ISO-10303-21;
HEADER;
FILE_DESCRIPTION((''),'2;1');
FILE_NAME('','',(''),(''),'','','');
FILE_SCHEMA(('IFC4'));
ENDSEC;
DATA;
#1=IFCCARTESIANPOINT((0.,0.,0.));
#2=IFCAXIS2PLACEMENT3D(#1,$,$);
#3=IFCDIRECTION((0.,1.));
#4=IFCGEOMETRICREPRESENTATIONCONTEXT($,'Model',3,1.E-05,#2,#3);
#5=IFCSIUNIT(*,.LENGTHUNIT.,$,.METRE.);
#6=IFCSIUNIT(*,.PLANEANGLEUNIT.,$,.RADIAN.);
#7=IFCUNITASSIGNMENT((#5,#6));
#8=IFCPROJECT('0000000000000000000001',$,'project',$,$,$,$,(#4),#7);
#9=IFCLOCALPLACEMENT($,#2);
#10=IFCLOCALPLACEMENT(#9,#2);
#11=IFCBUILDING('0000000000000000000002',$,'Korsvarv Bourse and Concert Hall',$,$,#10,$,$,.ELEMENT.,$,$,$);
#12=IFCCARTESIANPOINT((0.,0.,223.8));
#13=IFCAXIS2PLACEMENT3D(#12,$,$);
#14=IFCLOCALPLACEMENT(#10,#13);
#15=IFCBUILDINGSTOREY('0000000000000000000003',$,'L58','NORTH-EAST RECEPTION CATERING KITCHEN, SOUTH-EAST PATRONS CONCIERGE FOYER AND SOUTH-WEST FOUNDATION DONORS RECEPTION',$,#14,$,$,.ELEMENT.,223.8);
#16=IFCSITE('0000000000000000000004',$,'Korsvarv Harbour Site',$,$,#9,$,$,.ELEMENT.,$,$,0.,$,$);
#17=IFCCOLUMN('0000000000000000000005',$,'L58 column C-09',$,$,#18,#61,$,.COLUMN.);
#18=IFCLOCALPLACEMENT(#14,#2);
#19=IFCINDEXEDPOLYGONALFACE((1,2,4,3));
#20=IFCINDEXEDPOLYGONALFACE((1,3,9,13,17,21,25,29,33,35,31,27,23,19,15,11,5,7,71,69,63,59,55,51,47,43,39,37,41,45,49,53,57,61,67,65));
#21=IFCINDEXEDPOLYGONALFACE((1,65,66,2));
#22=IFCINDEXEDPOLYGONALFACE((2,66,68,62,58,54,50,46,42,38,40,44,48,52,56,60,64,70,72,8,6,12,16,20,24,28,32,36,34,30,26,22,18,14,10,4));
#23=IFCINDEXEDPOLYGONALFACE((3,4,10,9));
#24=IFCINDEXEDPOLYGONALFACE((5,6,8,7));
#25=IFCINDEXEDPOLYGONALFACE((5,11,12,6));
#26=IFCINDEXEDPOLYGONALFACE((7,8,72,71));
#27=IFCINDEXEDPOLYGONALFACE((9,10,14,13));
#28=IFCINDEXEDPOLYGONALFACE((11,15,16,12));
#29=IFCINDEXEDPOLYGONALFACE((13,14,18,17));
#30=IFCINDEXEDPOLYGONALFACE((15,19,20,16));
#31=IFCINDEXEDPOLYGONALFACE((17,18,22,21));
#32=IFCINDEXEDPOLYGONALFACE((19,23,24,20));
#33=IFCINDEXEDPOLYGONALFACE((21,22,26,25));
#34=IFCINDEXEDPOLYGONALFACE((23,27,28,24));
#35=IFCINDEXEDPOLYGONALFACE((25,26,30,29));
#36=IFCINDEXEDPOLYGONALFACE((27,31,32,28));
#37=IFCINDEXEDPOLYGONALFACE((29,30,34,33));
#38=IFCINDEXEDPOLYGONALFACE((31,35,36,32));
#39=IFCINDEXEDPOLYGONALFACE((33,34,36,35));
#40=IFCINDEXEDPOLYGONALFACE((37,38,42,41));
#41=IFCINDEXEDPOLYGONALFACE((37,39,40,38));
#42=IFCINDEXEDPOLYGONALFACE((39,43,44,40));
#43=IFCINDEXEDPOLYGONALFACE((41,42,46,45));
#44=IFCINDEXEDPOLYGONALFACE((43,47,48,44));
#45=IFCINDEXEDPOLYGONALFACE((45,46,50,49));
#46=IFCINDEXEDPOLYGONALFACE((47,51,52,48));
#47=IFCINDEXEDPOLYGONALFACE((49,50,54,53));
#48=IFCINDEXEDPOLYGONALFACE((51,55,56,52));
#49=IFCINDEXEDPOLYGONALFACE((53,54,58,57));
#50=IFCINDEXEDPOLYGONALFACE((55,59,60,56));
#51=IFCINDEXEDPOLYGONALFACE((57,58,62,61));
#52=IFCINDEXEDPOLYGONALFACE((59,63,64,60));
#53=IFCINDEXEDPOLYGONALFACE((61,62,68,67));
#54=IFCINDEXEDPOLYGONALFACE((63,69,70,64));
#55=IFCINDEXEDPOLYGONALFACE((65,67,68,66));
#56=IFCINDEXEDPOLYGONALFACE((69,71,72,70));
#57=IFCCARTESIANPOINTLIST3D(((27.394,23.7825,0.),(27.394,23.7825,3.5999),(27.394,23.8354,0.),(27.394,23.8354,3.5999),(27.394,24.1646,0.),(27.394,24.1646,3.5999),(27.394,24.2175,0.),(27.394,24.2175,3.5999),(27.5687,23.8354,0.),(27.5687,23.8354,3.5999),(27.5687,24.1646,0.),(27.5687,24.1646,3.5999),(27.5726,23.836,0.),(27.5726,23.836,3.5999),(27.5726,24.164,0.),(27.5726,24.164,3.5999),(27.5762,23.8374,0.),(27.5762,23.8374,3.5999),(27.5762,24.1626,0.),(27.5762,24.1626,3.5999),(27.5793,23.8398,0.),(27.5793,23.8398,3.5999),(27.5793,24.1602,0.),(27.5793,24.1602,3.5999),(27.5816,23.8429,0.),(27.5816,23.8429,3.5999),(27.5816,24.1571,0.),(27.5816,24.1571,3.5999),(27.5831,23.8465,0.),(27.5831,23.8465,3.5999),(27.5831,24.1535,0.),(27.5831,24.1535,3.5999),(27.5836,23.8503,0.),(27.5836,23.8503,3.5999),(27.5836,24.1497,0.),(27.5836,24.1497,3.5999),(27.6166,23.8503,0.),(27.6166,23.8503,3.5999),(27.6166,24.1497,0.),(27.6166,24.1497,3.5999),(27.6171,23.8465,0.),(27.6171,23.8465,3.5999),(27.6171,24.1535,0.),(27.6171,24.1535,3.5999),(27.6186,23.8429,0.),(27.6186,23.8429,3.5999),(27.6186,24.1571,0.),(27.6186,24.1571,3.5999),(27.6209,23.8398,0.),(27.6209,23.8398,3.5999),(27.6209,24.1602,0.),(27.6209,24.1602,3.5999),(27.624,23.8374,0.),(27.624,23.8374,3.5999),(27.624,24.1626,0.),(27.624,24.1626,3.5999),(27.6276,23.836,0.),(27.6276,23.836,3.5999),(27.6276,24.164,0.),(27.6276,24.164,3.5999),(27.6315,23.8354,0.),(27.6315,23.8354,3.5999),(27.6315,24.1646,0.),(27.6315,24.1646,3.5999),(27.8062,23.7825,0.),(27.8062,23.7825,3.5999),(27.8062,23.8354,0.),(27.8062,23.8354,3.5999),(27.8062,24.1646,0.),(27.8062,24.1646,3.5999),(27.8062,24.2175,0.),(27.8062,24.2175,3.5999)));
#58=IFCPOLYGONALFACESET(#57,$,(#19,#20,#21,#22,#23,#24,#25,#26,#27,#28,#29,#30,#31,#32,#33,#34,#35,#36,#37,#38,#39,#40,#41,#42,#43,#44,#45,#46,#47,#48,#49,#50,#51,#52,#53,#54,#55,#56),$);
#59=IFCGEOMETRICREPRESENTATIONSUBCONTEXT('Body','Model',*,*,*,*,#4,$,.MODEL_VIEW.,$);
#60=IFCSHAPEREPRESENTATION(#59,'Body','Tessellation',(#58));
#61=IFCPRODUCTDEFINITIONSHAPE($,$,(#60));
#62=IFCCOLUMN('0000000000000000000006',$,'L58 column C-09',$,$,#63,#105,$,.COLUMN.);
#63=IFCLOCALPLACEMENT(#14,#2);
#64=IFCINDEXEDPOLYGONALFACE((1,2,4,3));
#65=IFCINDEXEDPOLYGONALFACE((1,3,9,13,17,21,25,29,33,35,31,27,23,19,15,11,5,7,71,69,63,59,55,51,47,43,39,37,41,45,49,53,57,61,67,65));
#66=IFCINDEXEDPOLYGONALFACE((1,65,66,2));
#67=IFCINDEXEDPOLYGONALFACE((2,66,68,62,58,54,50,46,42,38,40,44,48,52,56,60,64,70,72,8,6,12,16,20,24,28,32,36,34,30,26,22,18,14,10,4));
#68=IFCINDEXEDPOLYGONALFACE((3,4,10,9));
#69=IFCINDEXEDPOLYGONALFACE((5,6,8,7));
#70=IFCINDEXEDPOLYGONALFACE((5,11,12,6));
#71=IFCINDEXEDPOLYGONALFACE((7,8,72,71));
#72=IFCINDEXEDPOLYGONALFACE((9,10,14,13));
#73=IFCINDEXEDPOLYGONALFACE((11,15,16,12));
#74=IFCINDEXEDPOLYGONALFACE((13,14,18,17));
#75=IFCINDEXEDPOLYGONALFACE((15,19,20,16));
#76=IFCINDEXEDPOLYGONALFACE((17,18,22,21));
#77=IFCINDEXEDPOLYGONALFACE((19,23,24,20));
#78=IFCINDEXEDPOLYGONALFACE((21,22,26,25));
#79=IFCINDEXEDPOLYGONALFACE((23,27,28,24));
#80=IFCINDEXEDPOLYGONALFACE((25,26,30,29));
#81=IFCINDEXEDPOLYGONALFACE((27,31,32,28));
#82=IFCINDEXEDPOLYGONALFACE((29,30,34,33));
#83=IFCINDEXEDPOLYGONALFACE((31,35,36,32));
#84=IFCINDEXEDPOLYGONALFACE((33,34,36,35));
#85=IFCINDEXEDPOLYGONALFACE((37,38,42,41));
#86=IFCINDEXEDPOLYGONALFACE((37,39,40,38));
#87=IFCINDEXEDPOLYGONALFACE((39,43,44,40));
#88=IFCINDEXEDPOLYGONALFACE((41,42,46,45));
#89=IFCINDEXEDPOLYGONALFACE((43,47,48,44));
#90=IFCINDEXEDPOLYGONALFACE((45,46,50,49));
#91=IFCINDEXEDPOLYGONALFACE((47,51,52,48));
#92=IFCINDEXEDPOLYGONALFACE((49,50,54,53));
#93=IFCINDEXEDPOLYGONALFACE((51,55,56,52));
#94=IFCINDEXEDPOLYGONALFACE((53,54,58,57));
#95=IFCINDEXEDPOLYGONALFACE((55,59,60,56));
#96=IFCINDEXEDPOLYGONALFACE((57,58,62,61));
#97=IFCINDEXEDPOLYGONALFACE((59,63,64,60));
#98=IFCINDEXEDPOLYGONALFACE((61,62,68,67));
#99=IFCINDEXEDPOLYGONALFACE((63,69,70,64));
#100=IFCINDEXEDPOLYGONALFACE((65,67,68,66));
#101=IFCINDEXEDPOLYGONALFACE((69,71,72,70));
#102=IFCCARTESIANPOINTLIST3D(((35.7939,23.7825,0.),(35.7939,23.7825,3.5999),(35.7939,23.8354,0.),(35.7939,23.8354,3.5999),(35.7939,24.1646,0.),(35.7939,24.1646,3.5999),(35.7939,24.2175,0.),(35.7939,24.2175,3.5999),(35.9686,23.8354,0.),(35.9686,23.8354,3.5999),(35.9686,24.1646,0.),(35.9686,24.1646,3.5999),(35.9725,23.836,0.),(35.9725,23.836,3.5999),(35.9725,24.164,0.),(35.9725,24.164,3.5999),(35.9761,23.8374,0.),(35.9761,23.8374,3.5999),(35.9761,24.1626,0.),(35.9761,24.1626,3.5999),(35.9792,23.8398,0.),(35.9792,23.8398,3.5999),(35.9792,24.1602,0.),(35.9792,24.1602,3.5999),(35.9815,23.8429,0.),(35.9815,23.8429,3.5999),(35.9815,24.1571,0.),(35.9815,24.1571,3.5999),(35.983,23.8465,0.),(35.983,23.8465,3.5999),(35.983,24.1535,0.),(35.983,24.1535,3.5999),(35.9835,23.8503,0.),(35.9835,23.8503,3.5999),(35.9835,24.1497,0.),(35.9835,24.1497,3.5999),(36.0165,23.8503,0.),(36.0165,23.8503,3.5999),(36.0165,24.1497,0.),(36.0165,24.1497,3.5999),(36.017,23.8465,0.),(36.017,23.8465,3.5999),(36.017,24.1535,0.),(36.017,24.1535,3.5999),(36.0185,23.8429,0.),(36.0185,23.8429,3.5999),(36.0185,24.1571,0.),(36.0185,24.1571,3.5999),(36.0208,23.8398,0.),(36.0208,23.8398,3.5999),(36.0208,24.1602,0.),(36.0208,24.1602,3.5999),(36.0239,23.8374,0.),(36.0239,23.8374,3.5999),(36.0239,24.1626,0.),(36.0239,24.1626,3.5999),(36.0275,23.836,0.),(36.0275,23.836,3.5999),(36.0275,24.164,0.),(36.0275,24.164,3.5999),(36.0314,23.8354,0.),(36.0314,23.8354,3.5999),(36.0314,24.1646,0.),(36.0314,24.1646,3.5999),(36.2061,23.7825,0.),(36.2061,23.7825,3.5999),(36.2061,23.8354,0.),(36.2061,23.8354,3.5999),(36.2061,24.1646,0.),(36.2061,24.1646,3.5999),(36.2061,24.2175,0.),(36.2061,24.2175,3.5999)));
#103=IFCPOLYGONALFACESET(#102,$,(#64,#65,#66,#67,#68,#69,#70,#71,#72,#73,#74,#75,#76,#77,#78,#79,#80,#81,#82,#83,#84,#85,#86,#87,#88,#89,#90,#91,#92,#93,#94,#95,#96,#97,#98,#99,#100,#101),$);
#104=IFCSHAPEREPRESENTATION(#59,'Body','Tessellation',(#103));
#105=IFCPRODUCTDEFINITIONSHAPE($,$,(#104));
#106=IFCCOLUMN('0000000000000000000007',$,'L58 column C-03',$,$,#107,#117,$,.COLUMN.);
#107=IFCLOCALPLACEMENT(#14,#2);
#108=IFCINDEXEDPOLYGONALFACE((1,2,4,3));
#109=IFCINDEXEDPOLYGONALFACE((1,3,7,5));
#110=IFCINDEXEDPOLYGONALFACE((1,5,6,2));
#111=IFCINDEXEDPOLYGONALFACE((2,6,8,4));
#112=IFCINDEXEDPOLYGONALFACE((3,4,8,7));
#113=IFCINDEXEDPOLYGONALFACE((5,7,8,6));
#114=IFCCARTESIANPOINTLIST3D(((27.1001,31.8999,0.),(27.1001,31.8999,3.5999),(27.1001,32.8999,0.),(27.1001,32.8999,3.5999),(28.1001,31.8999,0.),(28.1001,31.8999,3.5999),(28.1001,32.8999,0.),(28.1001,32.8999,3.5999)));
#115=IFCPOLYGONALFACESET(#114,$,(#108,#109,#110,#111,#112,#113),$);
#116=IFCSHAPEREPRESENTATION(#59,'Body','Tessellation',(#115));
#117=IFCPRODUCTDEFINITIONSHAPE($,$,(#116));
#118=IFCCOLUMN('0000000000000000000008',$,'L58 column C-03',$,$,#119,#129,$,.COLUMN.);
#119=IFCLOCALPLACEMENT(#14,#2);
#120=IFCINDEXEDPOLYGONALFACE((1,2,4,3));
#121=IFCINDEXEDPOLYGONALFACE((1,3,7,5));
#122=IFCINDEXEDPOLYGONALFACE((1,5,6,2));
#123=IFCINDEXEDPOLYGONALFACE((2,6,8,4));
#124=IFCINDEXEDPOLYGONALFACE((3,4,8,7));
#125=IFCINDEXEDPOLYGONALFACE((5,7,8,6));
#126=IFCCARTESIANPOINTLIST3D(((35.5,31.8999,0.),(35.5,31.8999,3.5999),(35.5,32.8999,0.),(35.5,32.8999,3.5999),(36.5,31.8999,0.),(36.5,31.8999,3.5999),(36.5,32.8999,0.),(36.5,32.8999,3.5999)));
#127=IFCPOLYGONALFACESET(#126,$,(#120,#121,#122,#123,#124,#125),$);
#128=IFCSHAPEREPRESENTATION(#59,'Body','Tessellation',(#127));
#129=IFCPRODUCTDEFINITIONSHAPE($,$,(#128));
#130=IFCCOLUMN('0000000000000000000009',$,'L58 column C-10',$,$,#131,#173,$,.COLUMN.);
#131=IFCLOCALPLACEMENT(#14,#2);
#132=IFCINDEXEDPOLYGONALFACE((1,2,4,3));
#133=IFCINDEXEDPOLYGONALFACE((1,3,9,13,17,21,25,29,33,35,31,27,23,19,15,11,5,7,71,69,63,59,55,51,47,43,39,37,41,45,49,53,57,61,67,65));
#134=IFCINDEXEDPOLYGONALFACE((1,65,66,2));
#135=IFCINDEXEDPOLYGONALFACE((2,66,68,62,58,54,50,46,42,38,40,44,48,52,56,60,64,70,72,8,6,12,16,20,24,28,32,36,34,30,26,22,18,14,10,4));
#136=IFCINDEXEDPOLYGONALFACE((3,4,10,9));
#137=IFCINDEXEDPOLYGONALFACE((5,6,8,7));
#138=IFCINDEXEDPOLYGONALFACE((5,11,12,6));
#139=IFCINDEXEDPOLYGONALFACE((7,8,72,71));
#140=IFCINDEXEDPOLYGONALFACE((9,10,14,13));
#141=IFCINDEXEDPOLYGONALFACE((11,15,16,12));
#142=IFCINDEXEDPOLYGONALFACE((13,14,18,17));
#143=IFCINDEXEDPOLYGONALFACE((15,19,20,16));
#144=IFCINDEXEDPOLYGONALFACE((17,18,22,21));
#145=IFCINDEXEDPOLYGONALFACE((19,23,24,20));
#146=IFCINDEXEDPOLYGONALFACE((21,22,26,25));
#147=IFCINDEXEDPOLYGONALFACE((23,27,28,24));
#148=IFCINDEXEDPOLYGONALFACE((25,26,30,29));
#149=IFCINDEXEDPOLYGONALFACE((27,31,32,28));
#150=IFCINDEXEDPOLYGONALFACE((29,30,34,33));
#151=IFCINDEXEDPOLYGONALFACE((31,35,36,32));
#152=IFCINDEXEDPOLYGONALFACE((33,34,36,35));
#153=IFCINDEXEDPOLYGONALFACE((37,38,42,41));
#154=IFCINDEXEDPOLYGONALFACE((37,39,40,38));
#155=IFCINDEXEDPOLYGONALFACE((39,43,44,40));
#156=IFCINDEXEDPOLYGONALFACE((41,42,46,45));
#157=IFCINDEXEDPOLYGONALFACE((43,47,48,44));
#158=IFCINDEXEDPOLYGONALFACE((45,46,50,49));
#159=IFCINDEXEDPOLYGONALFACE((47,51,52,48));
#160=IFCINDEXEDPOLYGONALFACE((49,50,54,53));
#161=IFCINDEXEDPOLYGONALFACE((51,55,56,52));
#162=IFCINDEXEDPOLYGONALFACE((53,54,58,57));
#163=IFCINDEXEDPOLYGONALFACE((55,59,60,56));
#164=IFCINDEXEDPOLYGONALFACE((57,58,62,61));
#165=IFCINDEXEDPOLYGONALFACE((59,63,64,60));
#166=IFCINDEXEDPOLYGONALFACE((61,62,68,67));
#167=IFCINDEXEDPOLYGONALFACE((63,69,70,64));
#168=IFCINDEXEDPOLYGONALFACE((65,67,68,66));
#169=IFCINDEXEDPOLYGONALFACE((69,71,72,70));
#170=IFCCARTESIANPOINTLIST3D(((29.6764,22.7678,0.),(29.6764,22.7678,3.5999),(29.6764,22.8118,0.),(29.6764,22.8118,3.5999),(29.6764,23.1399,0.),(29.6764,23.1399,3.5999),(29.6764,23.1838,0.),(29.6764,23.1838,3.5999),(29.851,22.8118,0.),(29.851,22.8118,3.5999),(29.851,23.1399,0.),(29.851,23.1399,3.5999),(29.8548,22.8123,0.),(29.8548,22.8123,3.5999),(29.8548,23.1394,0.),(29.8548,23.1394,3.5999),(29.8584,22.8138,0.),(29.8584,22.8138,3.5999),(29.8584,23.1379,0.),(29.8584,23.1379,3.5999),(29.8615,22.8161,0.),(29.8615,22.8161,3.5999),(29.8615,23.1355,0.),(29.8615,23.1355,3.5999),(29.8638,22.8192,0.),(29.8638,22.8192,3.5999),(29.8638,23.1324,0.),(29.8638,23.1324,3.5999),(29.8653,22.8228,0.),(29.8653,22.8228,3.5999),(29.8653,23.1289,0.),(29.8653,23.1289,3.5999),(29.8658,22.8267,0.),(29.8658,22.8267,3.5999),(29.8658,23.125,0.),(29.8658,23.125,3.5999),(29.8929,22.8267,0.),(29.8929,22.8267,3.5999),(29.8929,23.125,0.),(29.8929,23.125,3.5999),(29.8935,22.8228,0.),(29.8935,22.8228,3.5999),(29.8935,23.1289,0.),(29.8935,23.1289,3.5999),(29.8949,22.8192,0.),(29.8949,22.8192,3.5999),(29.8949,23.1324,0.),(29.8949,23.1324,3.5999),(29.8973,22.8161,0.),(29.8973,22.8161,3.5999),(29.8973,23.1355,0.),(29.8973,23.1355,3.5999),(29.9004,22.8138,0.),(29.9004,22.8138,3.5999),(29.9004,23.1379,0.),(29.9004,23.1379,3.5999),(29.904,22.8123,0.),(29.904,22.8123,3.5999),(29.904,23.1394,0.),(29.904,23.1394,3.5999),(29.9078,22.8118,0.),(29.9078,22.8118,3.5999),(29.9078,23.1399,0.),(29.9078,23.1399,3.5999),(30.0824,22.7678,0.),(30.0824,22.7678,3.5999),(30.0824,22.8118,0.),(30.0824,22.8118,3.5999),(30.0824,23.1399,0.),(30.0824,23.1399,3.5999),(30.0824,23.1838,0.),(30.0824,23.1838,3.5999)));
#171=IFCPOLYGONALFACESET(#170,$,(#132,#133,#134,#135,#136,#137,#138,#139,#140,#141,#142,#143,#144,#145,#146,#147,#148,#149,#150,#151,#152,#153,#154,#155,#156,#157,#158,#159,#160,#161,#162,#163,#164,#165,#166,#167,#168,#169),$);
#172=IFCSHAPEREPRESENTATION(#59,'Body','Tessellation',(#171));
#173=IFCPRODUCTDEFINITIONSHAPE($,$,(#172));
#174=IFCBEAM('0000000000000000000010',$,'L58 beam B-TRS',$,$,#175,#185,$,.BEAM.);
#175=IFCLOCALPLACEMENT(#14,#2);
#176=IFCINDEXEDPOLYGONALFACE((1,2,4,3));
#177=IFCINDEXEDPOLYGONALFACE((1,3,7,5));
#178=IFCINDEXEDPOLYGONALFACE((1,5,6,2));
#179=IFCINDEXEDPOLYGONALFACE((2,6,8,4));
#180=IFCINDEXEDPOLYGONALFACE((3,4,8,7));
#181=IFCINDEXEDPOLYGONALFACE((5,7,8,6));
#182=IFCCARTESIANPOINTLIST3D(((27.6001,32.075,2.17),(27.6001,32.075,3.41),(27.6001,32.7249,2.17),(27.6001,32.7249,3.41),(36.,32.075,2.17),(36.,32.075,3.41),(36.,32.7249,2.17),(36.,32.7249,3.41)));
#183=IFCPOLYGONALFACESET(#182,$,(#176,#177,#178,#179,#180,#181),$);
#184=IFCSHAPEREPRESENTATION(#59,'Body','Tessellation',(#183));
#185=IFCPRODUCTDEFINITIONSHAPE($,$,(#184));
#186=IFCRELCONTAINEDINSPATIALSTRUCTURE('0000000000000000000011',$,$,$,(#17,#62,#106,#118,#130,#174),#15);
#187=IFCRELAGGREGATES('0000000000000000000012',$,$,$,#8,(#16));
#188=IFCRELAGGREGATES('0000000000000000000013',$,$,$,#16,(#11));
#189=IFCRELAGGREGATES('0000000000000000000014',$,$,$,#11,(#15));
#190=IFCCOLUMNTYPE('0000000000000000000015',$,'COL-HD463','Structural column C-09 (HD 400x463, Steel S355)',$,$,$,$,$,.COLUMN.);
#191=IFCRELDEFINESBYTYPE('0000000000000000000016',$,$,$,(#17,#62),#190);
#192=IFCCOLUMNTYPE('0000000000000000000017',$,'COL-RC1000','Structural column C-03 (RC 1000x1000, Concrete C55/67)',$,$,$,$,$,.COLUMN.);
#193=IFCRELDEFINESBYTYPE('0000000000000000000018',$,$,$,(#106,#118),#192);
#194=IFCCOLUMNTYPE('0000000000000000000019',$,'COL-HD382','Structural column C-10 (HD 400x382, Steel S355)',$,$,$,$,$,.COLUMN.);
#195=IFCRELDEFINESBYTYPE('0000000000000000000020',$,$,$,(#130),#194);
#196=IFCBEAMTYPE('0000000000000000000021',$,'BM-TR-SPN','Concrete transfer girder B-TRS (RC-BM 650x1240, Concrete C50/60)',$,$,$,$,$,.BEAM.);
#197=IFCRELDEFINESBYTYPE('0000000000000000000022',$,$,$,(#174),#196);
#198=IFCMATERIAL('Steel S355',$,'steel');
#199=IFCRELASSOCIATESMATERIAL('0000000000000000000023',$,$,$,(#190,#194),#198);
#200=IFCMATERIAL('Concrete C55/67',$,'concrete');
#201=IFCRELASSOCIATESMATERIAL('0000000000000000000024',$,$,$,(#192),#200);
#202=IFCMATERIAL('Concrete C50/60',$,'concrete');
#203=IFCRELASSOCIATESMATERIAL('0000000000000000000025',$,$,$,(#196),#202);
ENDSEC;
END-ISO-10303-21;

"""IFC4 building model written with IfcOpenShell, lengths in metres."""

from ifc_helpers import new_model, si_unit, direction, frame, origin, origin_2d, place, context, subcontext, project, spatial, rectangle, i_section, extrude, source, transform, mapped, material, material_profile, profile_set, type_object, element, save


model = new_model("IFC4")

# Units and contexts
model_context = context("Model", 3, precision=1e-05, world=origin(), true_north=direction((0.0, 1.0)))
body_context = subcontext(model_context, "Body", "Model", "MODEL_VIEW")
ifc_project = project(units=[si_unit("LENGTHUNIT", "METRE"), si_unit("PLANEANGLEUNIT", "RADIAN")], contexts=[model_context])

# Site, building, storey
site_placement = place(None, origin())
site = spatial("IfcSite", under=ifc_project, at=site_placement, Name="Korsvarv Harbour Site", CompositionType="ELEMENT", RefElevation=0.0)
building_placement = place(site_placement, origin())
building = spatial("IfcBuilding", under=site, at=building_placement, Name="Korsvarv Bourse and Concert Hall", CompositionType="ELEMENT")
storey_placement = place(building_placement, frame((0.0, 0.0, 223.8)))
storey = spatial("IfcBuildingStorey", under=building, at=storey_placement, Name="L58", Description="NORTH-EAST RECEPTION CATERING KITCHEN, SOUTH-EAST PATRONS CONCIERGE FOYER AND SOUTH-WEST FOUNDATION DONORS RECEPTION", CompositionType="ELEMENT", Elevation=223.8)

# Columns
ifc_material_1 = material(Name="Steel S355", Category="steel")
ifc_material_profile_1 = material_profile(ifc_material_1, i_section(OverallWidth=0.4121, OverallDepth=0.4351, WebThickness=0.033, FlangeThickness=0.053, FilletRadius=0.0149, at=origin_2d()), Name="HD 400x463")
ifc_profile_set_1 = profile_set([ifc_material_profile_1], Name="Steel S355")
column_type_1 = type_object("IfcColumnType", Name="COL-HD463", Description="Structural column C-09 (HD 400x463, Steel S355)", PredefinedType="COLUMN", material=ifc_profile_set_1)
shared_shape_1 = source(origin(), body_context, "Body", "SweptSolid", [
    extrude(i_section(OverallWidth=0.4121, OverallDepth=0.4351, WebThickness=0.033, FlangeThickness=0.053, FilletRadius=0.0149, at=origin_2d()), origin(), (0.0, 0.0, 1.0), 3.5999),
])
for number, where, z_axis, x_axis, name in (
    (1, (27.6001, 24.0, 0.0), (0.0, 0.0, 1.0), (1.0, 0.0, 0.0), "L58 column C-09"),
    (2, (36.0, 24.0, 0.0), (0.0, 0.0, 1.0), (1.0, 0.0, 0.0), "L58 column C-09"),
):
    element("IfcColumn", number, at=place(storey_placement, frame(where, z_axis=z_axis, x_axis=x_axis)), inside=storey, type_object=column_type_1, Name=name, PredefinedType="COLUMN", context=body_context, shape_type="MappedRepresentation", body=[
        mapped(shared_shape_1, transform((0.0, 0.0, 0.0), scale=1.0)),
    ])
ifc_material_2 = material(Name="Concrete C55/67", Category="concrete")
ifc_material_profile_2 = material_profile(ifc_material_2, rectangle(XDim=1.0, YDim=1.0, at=origin_2d()), Name="RC 1000x1000")
ifc_profile_set_2 = profile_set([ifc_material_profile_2], Name="Concrete C55/67")
column_type_2 = type_object("IfcColumnType", Name="COL-RC1000", Description="Structural column C-03 (RC 1000x1000, Concrete C55/67)", PredefinedType="COLUMN", material=ifc_profile_set_2)
shared_shape_2 = source(origin(), body_context, "Body", "SweptSolid", [
    extrude(rectangle(XDim=1.0, YDim=1.0, at=origin_2d()), origin(), (0.0, 0.0, 1.0), 3.5999),
])
for number, where, z_axis, x_axis, name in (
    (3, (27.6001, 32.3999, 0.0), (0.0, 0.0, 1.0), (1.0, 0.0, 0.0), "L58 column C-03"),
    (4, (36.0, 32.3999, 0.0), (0.0, 0.0, 1.0), (1.0, 0.0, 0.0), "L58 column C-03"),
):
    element("IfcColumn", number, at=place(storey_placement, frame(where, z_axis=z_axis, x_axis=x_axis)), inside=storey, type_object=column_type_2, Name=name, PredefinedType="COLUMN", context=body_context, shape_type="MappedRepresentation", body=[
        mapped(shared_shape_2, transform((0.0, 0.0, 0.0), scale=1.0)),
    ])
ifc_material_profile_3 = material_profile(ifc_material_1, i_section(OverallWidth=0.406, OverallDepth=0.416, WebThickness=0.0271, FlangeThickness=0.0439, FilletRadius=0.0149, at=origin_2d()), Name="HD 400x382")
ifc_profile_set_3 = profile_set([ifc_material_profile_3], Name="Steel S355")
column_type_3 = type_object("IfcColumnType", Name="COL-HD382", Description="Structural column C-10 (HD 400x382, Steel S355)", PredefinedType="COLUMN", material=ifc_profile_set_3)
shared_shape_3 = source(origin(), body_context, "Body", "SweptSolid", [
    extrude(i_section(OverallWidth=0.406, OverallDepth=0.416, WebThickness=0.0271, FlangeThickness=0.0439, FilletRadius=0.0149, at=origin_2d()), origin(), (0.0, 0.0, 1.0), 3.5999),
])
column_placement = place(storey_placement, frame((29.8794, 22.9758, 0.0), z_axis=(0.0, 0.0, 1.0), x_axis=(1.0, 0.0, 0.0)))
element("IfcColumn", 5, at=column_placement, inside=storey, type_object=column_type_3, Name="L58 column C-10", PredefinedType="COLUMN", context=body_context, shape_type="MappedRepresentation", body=[
    mapped(shared_shape_3, transform((0.0, 0.0, 0.0), scale=1.0)),
])

# Beam
ifc_material_3 = material(Name="Concrete C50/60", Category="concrete")
ifc_material_profile_4 = material_profile(ifc_material_3, rectangle(XDim=0.6499, YDim=1.24, at=origin_2d()), Name="RC-BM 650x1240")
ifc_profile_set_4 = profile_set([ifc_material_profile_4], Name="Concrete C50/60")
beam_type_1 = type_object("IfcBeamType", Name="BM-TR-SPN", Description="Concrete transfer girder B-TRS (RC-BM 650x1240, Concrete C50/60)", PredefinedType="BEAM", material=ifc_profile_set_4)
shared_shape_4 = source(origin(), body_context, "Body", "SweptSolid", [
    extrude(rectangle(XDim=0.6499, YDim=1.24, at=origin_2d()), origin(), (0.0, 0.0, 1.0), 8.3999),
])
for number, where, z_axis, x_axis, name in (
    (6, (27.6001, 32.3999, 2.79), (1.0, 0.0, 0.0), (0.0, 1.0, 0.0), "L58 beam B-TRS"),
):
    element("IfcBeam", number, at=place(storey_placement, frame(where, z_axis=z_axis, x_axis=x_axis)), inside=storey, type_object=beam_type_1, Name=name, PredefinedType="BEAM", context=body_context, shape_type="MappedRepresentation", body=[
        mapped(shared_shape_4, transform((0.0, 0.0, 0.0), scale=1.0)),
    ])

save(model, "model.ifc")
